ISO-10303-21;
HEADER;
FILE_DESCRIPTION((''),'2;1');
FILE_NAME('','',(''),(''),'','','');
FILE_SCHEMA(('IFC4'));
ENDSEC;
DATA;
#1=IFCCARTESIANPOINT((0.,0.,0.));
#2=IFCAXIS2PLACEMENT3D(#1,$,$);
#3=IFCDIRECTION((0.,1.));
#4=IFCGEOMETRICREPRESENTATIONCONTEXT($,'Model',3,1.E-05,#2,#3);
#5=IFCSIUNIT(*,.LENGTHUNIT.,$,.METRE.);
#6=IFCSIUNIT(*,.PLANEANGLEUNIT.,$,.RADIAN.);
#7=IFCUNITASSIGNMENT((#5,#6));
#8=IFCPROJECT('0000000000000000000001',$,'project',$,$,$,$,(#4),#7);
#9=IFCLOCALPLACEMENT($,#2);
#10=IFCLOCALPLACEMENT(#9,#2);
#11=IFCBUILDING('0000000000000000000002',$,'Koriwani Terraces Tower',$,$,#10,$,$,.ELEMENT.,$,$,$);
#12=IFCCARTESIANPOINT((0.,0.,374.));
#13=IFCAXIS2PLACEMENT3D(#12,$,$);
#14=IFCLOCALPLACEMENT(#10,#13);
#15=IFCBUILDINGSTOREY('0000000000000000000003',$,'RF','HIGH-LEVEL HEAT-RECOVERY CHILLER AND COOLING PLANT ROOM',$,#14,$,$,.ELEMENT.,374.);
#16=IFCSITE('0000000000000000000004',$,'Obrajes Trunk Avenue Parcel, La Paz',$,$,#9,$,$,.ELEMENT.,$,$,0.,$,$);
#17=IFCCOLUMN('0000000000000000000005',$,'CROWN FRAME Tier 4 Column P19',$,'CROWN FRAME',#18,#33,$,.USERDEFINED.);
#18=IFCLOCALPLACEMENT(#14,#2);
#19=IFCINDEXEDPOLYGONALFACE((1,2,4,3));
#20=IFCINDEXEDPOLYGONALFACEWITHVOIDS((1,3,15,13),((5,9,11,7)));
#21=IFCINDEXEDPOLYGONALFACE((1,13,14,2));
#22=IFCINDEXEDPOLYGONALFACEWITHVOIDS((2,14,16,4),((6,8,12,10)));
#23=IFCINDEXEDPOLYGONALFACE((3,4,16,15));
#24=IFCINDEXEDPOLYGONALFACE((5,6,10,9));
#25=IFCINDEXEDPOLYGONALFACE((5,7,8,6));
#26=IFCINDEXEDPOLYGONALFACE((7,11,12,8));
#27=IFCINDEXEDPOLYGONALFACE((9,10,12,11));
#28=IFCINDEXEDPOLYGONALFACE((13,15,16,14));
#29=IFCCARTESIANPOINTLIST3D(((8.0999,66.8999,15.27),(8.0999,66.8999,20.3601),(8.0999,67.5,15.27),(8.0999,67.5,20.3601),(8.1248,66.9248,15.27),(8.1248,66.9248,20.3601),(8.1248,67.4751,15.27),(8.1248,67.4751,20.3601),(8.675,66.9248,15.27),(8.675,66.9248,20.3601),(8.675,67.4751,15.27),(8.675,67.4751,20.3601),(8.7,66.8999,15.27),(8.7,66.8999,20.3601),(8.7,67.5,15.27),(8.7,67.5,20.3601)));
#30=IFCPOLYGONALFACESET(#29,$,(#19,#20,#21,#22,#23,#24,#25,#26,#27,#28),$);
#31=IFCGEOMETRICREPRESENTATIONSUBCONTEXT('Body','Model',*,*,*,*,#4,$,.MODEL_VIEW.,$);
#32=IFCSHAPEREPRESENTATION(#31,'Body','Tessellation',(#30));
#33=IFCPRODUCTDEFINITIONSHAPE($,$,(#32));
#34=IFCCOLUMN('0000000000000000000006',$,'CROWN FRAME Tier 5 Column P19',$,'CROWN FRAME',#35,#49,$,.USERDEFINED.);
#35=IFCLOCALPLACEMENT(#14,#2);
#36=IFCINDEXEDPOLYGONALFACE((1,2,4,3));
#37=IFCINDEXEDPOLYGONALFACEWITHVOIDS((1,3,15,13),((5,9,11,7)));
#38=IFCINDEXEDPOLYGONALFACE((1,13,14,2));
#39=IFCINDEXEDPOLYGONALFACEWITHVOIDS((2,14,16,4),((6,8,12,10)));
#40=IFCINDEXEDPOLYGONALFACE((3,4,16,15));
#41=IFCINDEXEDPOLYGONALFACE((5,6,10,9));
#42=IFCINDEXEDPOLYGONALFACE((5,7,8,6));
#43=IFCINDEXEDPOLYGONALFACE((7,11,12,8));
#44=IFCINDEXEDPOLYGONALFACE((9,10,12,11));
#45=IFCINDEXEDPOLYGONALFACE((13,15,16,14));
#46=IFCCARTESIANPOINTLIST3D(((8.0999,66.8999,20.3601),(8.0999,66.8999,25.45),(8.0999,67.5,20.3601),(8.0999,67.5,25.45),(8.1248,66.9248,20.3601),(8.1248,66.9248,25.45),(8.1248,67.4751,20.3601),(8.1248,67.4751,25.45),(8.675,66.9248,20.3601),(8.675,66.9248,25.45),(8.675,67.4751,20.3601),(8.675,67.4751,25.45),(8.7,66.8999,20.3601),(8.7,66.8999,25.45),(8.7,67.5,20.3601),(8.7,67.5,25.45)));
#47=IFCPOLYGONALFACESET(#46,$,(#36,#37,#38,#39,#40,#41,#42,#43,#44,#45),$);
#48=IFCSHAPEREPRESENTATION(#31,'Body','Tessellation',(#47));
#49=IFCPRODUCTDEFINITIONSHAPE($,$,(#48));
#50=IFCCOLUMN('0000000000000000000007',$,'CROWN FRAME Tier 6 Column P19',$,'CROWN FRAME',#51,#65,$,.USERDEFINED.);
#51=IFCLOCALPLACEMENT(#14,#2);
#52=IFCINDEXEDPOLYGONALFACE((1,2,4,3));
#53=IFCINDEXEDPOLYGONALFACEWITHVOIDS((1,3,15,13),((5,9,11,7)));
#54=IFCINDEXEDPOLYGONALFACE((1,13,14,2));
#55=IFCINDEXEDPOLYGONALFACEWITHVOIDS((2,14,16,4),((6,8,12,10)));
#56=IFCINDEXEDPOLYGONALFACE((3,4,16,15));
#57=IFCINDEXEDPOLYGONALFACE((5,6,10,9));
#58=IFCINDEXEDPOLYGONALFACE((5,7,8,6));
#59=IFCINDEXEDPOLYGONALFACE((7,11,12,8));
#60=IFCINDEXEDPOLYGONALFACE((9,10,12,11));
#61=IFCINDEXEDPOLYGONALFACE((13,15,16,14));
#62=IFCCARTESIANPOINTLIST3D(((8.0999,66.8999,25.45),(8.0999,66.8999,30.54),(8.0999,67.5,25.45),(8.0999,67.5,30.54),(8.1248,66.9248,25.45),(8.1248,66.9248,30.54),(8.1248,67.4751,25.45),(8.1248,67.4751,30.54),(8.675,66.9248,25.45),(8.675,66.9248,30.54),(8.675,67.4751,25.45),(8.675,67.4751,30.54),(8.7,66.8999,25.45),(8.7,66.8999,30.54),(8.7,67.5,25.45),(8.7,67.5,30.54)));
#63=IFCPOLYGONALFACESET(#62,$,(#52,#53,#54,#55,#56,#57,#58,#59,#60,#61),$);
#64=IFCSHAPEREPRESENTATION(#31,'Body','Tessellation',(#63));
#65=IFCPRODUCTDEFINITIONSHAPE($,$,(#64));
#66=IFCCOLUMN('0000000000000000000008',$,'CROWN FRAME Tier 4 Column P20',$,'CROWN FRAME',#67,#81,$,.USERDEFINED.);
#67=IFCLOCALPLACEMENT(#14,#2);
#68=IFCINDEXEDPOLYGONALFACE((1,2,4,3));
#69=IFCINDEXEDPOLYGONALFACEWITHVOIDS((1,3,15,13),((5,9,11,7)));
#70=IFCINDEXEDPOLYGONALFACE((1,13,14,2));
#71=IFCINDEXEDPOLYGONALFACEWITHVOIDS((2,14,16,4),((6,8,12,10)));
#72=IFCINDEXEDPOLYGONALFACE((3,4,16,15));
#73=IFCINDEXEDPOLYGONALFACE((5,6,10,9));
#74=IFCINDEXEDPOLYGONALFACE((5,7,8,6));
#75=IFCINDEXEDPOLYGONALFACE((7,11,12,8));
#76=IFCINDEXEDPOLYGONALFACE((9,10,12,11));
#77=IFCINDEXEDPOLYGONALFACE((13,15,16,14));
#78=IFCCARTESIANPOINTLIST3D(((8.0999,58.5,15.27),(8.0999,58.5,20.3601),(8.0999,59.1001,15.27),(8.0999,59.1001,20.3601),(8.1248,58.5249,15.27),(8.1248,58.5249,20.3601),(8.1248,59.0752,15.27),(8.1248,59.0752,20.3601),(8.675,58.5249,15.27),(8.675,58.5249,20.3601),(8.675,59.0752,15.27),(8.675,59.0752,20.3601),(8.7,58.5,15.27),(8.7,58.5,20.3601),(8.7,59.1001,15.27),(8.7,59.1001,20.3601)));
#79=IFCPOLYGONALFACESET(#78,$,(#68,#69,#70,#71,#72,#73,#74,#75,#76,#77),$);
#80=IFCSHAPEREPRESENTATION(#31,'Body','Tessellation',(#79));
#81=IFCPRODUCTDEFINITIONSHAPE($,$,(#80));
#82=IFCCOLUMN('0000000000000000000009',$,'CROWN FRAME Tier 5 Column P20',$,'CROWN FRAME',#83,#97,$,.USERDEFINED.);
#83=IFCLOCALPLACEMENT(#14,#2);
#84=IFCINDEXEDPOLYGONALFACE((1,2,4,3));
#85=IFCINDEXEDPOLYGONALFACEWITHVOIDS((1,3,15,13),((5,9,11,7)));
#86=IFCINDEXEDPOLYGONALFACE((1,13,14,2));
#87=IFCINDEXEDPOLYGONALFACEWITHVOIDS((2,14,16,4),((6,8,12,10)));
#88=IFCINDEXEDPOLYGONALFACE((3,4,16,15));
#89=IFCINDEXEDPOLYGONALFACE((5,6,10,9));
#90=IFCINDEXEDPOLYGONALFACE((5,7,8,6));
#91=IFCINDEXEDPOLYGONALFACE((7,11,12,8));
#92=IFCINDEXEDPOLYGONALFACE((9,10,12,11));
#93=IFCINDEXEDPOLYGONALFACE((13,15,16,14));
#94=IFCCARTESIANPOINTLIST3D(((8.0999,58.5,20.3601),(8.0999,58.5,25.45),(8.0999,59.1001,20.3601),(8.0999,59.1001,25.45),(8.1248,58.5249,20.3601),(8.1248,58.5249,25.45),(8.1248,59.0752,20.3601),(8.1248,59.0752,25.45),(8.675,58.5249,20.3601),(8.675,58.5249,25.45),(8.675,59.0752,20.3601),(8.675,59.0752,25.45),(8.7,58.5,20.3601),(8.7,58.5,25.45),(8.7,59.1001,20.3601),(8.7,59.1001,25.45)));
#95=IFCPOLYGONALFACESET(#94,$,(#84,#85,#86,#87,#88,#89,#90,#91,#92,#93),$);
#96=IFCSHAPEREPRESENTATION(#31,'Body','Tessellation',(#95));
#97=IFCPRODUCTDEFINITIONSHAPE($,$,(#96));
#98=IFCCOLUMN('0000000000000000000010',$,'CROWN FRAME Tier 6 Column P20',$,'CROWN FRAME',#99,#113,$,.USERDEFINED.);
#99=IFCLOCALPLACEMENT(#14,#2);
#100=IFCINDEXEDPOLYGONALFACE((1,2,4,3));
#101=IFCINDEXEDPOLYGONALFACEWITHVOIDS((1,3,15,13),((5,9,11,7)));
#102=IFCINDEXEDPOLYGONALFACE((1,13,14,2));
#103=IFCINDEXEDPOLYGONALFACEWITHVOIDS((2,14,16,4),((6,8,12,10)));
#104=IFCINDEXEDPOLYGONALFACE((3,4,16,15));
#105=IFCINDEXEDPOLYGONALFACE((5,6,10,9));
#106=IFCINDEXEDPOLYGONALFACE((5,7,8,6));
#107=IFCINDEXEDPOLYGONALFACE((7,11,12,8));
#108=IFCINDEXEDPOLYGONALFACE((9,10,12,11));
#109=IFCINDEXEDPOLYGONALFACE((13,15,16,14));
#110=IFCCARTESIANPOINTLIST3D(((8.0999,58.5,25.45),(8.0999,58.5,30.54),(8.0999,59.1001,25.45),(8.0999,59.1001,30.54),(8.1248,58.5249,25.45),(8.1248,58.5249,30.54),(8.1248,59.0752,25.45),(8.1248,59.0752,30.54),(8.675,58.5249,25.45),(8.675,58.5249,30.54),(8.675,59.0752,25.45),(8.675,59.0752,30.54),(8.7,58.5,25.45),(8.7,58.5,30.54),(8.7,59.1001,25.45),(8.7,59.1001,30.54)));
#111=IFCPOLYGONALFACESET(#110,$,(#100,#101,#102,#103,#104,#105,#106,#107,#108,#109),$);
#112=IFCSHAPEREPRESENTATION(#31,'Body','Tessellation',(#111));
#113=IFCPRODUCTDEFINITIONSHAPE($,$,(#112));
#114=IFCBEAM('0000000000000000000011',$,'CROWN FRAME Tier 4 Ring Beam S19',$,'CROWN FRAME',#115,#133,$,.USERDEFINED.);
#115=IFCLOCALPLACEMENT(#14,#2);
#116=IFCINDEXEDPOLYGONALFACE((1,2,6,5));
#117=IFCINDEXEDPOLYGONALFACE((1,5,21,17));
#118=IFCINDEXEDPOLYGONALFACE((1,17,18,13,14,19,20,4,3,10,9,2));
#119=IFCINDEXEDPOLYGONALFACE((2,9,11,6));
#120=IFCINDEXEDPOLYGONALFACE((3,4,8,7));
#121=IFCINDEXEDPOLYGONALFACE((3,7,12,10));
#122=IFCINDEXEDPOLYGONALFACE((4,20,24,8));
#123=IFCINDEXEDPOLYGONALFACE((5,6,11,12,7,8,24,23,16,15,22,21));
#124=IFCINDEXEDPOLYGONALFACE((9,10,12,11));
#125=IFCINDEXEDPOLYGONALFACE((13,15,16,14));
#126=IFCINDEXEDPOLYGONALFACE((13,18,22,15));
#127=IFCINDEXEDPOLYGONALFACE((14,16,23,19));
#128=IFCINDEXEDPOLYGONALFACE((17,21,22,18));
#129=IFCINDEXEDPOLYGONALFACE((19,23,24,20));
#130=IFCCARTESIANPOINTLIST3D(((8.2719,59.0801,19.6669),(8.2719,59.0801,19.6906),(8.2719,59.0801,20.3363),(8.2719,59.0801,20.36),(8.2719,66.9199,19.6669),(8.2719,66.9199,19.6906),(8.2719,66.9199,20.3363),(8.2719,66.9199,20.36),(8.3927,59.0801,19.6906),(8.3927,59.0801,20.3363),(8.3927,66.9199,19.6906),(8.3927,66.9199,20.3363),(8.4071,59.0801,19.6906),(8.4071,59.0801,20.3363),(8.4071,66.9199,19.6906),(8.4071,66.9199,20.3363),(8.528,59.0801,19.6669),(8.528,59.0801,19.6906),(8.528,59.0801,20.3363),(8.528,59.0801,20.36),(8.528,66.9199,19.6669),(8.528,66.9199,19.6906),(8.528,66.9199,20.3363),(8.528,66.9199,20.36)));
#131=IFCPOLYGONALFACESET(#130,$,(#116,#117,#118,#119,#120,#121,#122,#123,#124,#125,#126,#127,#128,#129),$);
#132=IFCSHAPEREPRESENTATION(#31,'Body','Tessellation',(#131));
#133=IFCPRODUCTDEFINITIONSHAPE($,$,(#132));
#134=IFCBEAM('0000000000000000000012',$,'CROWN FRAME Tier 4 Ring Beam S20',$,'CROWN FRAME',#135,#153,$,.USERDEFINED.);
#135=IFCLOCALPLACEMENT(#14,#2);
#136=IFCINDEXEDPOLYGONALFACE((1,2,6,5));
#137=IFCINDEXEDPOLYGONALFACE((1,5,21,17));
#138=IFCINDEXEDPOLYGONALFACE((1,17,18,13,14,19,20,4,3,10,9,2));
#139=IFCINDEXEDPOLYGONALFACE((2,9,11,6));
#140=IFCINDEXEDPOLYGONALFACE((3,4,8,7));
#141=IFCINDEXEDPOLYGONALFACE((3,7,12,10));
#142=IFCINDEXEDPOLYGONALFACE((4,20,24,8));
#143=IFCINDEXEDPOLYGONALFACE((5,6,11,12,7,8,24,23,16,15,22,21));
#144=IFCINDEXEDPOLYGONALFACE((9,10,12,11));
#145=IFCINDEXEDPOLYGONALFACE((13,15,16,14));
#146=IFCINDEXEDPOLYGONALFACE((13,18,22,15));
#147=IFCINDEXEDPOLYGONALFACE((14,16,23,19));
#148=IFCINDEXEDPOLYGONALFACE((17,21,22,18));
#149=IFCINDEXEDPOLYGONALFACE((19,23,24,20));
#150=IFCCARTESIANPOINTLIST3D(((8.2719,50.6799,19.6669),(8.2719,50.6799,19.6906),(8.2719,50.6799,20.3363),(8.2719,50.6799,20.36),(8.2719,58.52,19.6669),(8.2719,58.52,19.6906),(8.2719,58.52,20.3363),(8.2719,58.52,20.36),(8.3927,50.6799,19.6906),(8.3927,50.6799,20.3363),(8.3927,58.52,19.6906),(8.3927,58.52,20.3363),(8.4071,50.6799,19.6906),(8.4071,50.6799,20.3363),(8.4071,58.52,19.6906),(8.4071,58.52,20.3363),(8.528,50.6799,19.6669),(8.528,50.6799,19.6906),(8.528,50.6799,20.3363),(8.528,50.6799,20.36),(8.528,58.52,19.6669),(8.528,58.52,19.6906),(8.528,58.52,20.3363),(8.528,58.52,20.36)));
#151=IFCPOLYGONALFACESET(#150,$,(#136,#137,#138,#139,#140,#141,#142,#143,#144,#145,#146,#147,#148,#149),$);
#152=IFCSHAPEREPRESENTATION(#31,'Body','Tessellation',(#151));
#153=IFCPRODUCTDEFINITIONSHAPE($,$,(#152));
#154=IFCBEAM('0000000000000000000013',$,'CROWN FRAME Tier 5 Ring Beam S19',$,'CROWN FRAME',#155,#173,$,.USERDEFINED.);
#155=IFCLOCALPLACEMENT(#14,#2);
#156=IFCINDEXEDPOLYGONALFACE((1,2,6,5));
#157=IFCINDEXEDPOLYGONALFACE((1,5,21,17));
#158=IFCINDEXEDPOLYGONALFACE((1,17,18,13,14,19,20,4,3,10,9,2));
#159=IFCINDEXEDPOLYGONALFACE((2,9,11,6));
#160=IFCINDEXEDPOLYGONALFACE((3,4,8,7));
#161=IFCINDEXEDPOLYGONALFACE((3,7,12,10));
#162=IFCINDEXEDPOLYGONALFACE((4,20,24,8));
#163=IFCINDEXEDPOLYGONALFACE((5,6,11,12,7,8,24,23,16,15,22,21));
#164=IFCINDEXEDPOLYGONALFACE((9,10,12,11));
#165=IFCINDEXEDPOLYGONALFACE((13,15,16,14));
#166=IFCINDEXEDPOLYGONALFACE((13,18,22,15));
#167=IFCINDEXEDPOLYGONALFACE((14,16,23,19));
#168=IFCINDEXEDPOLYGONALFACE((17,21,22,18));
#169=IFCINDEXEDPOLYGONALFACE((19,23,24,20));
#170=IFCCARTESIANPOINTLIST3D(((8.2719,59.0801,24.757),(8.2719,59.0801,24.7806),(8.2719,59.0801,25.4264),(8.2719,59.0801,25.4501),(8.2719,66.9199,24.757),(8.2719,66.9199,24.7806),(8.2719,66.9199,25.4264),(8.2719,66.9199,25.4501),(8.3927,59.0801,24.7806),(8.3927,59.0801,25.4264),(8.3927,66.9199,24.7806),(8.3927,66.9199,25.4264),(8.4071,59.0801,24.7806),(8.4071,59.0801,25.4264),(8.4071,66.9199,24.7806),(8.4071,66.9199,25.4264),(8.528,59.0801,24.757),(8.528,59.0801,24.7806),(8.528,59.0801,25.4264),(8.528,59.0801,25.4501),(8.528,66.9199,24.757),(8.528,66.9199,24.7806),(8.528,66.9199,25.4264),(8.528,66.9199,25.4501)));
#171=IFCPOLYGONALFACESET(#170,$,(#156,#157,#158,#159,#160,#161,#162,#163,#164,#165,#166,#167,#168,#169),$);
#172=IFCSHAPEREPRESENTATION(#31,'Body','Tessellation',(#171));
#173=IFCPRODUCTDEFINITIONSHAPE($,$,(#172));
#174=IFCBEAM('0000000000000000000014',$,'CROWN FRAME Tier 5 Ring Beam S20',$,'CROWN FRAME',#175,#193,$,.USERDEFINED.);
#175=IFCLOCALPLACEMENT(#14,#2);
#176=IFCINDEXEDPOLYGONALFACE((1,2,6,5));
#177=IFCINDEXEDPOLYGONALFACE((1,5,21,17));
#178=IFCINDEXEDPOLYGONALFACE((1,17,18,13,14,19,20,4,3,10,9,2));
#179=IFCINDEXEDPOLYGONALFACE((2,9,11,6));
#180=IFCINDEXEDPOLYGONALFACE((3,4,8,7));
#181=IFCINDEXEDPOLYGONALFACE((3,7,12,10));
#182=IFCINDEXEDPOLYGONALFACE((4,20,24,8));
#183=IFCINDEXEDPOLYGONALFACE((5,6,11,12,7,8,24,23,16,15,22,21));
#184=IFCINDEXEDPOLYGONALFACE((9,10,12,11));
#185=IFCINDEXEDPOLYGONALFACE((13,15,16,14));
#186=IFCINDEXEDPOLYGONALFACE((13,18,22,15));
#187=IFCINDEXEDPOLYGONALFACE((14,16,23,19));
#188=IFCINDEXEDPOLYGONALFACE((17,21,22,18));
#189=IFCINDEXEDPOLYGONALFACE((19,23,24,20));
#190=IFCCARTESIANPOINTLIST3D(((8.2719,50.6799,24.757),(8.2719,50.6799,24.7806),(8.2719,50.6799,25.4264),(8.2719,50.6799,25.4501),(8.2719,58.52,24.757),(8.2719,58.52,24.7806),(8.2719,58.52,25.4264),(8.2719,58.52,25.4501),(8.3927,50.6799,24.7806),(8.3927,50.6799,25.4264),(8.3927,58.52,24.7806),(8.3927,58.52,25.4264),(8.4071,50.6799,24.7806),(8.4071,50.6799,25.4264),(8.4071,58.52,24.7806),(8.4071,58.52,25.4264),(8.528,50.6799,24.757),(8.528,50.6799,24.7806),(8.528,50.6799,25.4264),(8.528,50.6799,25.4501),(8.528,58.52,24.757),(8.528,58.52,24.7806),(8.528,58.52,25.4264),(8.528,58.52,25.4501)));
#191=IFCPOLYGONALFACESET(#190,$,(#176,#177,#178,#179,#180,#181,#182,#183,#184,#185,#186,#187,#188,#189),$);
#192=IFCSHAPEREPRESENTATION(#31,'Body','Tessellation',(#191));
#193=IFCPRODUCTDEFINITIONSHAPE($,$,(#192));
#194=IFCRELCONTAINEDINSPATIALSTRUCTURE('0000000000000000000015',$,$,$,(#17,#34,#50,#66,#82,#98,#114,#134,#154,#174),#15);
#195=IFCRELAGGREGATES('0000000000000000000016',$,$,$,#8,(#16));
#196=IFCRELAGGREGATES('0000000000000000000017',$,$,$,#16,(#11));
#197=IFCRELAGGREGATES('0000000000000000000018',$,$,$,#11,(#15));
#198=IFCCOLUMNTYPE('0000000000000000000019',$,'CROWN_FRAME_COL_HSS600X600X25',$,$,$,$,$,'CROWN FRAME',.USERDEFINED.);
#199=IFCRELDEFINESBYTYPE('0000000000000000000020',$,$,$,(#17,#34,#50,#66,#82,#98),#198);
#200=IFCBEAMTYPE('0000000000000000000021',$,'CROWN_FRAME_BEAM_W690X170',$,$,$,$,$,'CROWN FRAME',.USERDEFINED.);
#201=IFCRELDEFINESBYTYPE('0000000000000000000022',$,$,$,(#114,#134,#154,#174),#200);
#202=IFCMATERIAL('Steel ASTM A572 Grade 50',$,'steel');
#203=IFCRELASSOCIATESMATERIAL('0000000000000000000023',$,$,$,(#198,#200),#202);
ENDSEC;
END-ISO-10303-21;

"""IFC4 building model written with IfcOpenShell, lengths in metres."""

from ifc_helpers import new_model, si_unit, direction, frame, origin, origin_2d, place, context, subcontext, project, spatial, hollow_rectangle, i_section, extrude, material, material_profile, profile_set, type_object, element, save


model = new_model("IFC4")

# Units and contexts
model_context = context("Model", 3, precision=1e-05, world=origin(), true_north=direction((0.0, 1.0)))
body_context = subcontext(model_context, "Body", "Model", "MODEL_VIEW")
ifc_project = project(units=[si_unit("LENGTHUNIT", "METRE"), si_unit("PLANEANGLEUNIT", "RADIAN")], contexts=[model_context])

# Site, building, storey
site_placement = place(None, origin())
site = spatial("IfcSite", under=ifc_project, at=site_placement, Name="Obrajes Trunk Avenue Parcel, La Paz", CompositionType="ELEMENT", RefElevation=0.0)
building_placement = place(site_placement, origin())
building = spatial("IfcBuilding", under=site, at=building_placement, Name="Koriwani Terraces Tower", CompositionType="ELEMENT")
storey_placement = place(building_placement, frame((0.0, 0.0, 374.0)))
storey = spatial("IfcBuildingStorey", under=building, at=storey_placement, Name="RF", Description="HIGH-LEVEL HEAT-RECOVERY CHILLER AND COOLING PLANT ROOM", CompositionType="ELEMENT", Elevation=374.0)

# Columns
ifc_material_1 = material(Name="Steel ASTM A572 Grade 50", Category="steel")
ifc_material_profile_1 = material_profile(ifc_material_1, hollow_rectangle(XDim=0.6001, YDim=0.6001, WallThickness=0.0249, at=origin_2d()), Name="Steel ASTM A572 Grade 50", Category="LoadBearing")
ifc_profile_set_1 = profile_set([ifc_material_profile_1], Name="Steel ASTM A572 Grade 50")
column_type = type_object("IfcColumnType", Name="CROWN_FRAME_COL_HSS600X600X25", ElementType="CROWN FRAME", PredefinedType="USERDEFINED", material=ifc_profile_set_1)
column_1_placement = place(storey_placement, frame((8.3999, 67.2, 15.27), z_axis=(0.0, 0.0, 1.0), x_axis=(1.0, 0.0, 0.0)))
element("IfcColumn", 1, at=column_1_placement, inside=storey, type_object=column_type, Name="CROWN FRAME Tier 4 Column P19", ObjectType="CROWN FRAME", PredefinedType="USERDEFINED", context=body_context, shape_type="SweptSolid", body=[
    extrude(hollow_rectangle(XDim=0.6001, YDim=0.6001, WallThickness=0.0249, at=origin_2d()), origin(), (0.0, 0.0, 1.0), 5.0901),
])
column_2_placement = place(storey_placement, frame((8.3999, 67.2, 20.3601), z_axis=(0.0, 0.0, 1.0), x_axis=(1.0, 0.0, 0.0)))
element("IfcColumn", 2, at=column_2_placement, inside=storey, type_object=column_type, Name="CROWN FRAME Tier 5 Column P19", ObjectType="CROWN FRAME", PredefinedType="USERDEFINED", context=body_context, shape_type="SweptSolid", body=[
    extrude(hollow_rectangle(XDim=0.6001, YDim=0.6001, WallThickness=0.0249, at=origin_2d()), origin(), (0.0, 0.0, 1.0), 5.0898),
])
for number, where, z_axis, x_axis, name in (
    (3, (8.3999, 67.2, 25.45), (0.0, 0.0, 1.0), (1.0, 0.0, 0.0), "CROWN FRAME Tier 6 Column P19"),
    (4, (8.3999, 58.8, 15.27), (0.0, 0.0, 1.0), (1.0, 0.0, 0.0), "CROWN FRAME Tier 4 Column P20"),
):
    element("IfcColumn", number, at=place(storey_placement, frame(where, z_axis=z_axis, x_axis=x_axis)), inside=storey, type_object=column_type, Name=name, ObjectType="CROWN FRAME", PredefinedType="USERDEFINED", context=body_context, shape_type="SweptSolid", body=[
        extrude(hollow_rectangle(XDim=0.6001, YDim=0.6001, WallThickness=0.0249, at=origin_2d()), origin(), (0.0, 0.0, 1.0), 5.0901),
    ])
column_3_placement = place(storey_placement, frame((8.3999, 58.8, 20.3601), z_axis=(0.0, 0.0, 1.0), x_axis=(1.0, 0.0, 0.0)))
element("IfcColumn", 5, at=column_3_placement, inside=storey, type_object=column_type, Name="CROWN FRAME Tier 5 Column P20", ObjectType="CROWN FRAME", PredefinedType="USERDEFINED", context=body_context, shape_type="SweptSolid", body=[
    extrude(hollow_rectangle(XDim=0.6001, YDim=0.6001, WallThickness=0.0249, at=origin_2d()), origin(), (0.0, 0.0, 1.0), 5.0898),
])
column_4_placement = place(storey_placement, frame((8.3999, 58.8, 25.45), z_axis=(0.0, 0.0, 1.0), x_axis=(1.0, 0.0, 0.0)))
element("IfcColumn", 6, at=column_4_placement, inside=storey, type_object=column_type, Name="CROWN FRAME Tier 6 Column P20", ObjectType="CROWN FRAME", PredefinedType="USERDEFINED", context=body_context, shape_type="SweptSolid", body=[
    extrude(hollow_rectangle(XDim=0.6001, YDim=0.6001, WallThickness=0.0249, at=origin_2d()), origin(), (0.0, 0.0, 1.0), 5.0901),
])

# Beams
ifc_material_profile_2 = material_profile(ifc_material_1, i_section(OverallWidth=0.2561, OverallDepth=0.6931, WebThickness=0.0144, FlangeThickness=0.0237, at=origin_2d()), Name="Steel ASTM A572 Grade 50", Category="LoadBearing")
ifc_profile_set_2 = profile_set([ifc_material_profile_2], Name="Steel ASTM A572 Grade 50")
beam_type_1 = type_object("IfcBeamType", Name="CROWN_FRAME_BEAM_W690X170", ElementType="CROWN FRAME", PredefinedType="USERDEFINED", material=ifc_profile_set_2)
beam_1_placement = place(storey_placement, frame((8.3999, 66.9199, 20.0134), z_axis=(0.0, -1.0, 0.0), x_axis=(1.0, 0.0, 0.0)))
element("IfcBeam", 7, at=beam_1_placement, inside=storey, type_object=beam_type_1, Name="CROWN FRAME Tier 4 Ring Beam S19", ObjectType="CROWN FRAME", PredefinedType="USERDEFINED", context=body_context, shape_type="SweptSolid", body=[
    extrude(i_section(OverallWidth=0.2561, OverallDepth=0.6931, WebThickness=0.0144, FlangeThickness=0.0237, at=origin_2d()), origin(), (0.0, 0.0, 1.0), 7.8398),
])
beam_2_placement = place(storey_placement, frame((8.3999, 58.52, 20.0134), z_axis=(0.0, -1.0, 0.0), x_axis=(1.0, 0.0, 0.0)))
element("IfcBeam", 8, at=beam_2_placement, inside=storey, type_object=beam_type_1, Name="CROWN FRAME Tier 4 Ring Beam S20", ObjectType="CROWN FRAME", PredefinedType="USERDEFINED", context=body_context, shape_type="SweptSolid", body=[
    extrude(i_section(OverallWidth=0.2561, OverallDepth=0.6931, WebThickness=0.0144, FlangeThickness=0.0237, at=origin_2d()), origin(), (0.0, 0.0, 1.0), 7.8401),
])
beam_3_placement = place(storey_placement, frame((8.3999, 66.9199, 25.1035), z_axis=(0.0, -1.0, 0.0), x_axis=(1.0, 0.0, 0.0)))
element("IfcBeam", 9, at=beam_3_placement, inside=storey, type_object=beam_type_1, Name="CROWN FRAME Tier 5 Ring Beam S19", ObjectType="CROWN FRAME", PredefinedType="USERDEFINED", context=body_context, shape_type="SweptSolid", body=[
    extrude(i_section(OverallWidth=0.2561, OverallDepth=0.6931, WebThickness=0.0144, FlangeThickness=0.0237, at=origin_2d()), origin(), (0.0, 0.0, 1.0), 7.8398),
])
beam_4_placement = place(storey_placement, frame((8.3999, 58.52, 25.1035), z_axis=(0.0, -1.0, 0.0), x_axis=(1.0, 0.0, 0.0)))
element("IfcBeam", 10, at=beam_4_placement, inside=storey, type_object=beam_type_1, Name="CROWN FRAME Tier 5 Ring Beam S20", ObjectType="CROWN FRAME", PredefinedType="USERDEFINED", context=body_context, shape_type="SweptSolid", body=[
    extrude(i_section(OverallWidth=0.2561, OverallDepth=0.6931, WebThickness=0.0144, FlangeThickness=0.0237, at=origin_2d()), origin(), (0.0, 0.0, 1.0), 7.8401),
])

save(model, "model.ifc")
